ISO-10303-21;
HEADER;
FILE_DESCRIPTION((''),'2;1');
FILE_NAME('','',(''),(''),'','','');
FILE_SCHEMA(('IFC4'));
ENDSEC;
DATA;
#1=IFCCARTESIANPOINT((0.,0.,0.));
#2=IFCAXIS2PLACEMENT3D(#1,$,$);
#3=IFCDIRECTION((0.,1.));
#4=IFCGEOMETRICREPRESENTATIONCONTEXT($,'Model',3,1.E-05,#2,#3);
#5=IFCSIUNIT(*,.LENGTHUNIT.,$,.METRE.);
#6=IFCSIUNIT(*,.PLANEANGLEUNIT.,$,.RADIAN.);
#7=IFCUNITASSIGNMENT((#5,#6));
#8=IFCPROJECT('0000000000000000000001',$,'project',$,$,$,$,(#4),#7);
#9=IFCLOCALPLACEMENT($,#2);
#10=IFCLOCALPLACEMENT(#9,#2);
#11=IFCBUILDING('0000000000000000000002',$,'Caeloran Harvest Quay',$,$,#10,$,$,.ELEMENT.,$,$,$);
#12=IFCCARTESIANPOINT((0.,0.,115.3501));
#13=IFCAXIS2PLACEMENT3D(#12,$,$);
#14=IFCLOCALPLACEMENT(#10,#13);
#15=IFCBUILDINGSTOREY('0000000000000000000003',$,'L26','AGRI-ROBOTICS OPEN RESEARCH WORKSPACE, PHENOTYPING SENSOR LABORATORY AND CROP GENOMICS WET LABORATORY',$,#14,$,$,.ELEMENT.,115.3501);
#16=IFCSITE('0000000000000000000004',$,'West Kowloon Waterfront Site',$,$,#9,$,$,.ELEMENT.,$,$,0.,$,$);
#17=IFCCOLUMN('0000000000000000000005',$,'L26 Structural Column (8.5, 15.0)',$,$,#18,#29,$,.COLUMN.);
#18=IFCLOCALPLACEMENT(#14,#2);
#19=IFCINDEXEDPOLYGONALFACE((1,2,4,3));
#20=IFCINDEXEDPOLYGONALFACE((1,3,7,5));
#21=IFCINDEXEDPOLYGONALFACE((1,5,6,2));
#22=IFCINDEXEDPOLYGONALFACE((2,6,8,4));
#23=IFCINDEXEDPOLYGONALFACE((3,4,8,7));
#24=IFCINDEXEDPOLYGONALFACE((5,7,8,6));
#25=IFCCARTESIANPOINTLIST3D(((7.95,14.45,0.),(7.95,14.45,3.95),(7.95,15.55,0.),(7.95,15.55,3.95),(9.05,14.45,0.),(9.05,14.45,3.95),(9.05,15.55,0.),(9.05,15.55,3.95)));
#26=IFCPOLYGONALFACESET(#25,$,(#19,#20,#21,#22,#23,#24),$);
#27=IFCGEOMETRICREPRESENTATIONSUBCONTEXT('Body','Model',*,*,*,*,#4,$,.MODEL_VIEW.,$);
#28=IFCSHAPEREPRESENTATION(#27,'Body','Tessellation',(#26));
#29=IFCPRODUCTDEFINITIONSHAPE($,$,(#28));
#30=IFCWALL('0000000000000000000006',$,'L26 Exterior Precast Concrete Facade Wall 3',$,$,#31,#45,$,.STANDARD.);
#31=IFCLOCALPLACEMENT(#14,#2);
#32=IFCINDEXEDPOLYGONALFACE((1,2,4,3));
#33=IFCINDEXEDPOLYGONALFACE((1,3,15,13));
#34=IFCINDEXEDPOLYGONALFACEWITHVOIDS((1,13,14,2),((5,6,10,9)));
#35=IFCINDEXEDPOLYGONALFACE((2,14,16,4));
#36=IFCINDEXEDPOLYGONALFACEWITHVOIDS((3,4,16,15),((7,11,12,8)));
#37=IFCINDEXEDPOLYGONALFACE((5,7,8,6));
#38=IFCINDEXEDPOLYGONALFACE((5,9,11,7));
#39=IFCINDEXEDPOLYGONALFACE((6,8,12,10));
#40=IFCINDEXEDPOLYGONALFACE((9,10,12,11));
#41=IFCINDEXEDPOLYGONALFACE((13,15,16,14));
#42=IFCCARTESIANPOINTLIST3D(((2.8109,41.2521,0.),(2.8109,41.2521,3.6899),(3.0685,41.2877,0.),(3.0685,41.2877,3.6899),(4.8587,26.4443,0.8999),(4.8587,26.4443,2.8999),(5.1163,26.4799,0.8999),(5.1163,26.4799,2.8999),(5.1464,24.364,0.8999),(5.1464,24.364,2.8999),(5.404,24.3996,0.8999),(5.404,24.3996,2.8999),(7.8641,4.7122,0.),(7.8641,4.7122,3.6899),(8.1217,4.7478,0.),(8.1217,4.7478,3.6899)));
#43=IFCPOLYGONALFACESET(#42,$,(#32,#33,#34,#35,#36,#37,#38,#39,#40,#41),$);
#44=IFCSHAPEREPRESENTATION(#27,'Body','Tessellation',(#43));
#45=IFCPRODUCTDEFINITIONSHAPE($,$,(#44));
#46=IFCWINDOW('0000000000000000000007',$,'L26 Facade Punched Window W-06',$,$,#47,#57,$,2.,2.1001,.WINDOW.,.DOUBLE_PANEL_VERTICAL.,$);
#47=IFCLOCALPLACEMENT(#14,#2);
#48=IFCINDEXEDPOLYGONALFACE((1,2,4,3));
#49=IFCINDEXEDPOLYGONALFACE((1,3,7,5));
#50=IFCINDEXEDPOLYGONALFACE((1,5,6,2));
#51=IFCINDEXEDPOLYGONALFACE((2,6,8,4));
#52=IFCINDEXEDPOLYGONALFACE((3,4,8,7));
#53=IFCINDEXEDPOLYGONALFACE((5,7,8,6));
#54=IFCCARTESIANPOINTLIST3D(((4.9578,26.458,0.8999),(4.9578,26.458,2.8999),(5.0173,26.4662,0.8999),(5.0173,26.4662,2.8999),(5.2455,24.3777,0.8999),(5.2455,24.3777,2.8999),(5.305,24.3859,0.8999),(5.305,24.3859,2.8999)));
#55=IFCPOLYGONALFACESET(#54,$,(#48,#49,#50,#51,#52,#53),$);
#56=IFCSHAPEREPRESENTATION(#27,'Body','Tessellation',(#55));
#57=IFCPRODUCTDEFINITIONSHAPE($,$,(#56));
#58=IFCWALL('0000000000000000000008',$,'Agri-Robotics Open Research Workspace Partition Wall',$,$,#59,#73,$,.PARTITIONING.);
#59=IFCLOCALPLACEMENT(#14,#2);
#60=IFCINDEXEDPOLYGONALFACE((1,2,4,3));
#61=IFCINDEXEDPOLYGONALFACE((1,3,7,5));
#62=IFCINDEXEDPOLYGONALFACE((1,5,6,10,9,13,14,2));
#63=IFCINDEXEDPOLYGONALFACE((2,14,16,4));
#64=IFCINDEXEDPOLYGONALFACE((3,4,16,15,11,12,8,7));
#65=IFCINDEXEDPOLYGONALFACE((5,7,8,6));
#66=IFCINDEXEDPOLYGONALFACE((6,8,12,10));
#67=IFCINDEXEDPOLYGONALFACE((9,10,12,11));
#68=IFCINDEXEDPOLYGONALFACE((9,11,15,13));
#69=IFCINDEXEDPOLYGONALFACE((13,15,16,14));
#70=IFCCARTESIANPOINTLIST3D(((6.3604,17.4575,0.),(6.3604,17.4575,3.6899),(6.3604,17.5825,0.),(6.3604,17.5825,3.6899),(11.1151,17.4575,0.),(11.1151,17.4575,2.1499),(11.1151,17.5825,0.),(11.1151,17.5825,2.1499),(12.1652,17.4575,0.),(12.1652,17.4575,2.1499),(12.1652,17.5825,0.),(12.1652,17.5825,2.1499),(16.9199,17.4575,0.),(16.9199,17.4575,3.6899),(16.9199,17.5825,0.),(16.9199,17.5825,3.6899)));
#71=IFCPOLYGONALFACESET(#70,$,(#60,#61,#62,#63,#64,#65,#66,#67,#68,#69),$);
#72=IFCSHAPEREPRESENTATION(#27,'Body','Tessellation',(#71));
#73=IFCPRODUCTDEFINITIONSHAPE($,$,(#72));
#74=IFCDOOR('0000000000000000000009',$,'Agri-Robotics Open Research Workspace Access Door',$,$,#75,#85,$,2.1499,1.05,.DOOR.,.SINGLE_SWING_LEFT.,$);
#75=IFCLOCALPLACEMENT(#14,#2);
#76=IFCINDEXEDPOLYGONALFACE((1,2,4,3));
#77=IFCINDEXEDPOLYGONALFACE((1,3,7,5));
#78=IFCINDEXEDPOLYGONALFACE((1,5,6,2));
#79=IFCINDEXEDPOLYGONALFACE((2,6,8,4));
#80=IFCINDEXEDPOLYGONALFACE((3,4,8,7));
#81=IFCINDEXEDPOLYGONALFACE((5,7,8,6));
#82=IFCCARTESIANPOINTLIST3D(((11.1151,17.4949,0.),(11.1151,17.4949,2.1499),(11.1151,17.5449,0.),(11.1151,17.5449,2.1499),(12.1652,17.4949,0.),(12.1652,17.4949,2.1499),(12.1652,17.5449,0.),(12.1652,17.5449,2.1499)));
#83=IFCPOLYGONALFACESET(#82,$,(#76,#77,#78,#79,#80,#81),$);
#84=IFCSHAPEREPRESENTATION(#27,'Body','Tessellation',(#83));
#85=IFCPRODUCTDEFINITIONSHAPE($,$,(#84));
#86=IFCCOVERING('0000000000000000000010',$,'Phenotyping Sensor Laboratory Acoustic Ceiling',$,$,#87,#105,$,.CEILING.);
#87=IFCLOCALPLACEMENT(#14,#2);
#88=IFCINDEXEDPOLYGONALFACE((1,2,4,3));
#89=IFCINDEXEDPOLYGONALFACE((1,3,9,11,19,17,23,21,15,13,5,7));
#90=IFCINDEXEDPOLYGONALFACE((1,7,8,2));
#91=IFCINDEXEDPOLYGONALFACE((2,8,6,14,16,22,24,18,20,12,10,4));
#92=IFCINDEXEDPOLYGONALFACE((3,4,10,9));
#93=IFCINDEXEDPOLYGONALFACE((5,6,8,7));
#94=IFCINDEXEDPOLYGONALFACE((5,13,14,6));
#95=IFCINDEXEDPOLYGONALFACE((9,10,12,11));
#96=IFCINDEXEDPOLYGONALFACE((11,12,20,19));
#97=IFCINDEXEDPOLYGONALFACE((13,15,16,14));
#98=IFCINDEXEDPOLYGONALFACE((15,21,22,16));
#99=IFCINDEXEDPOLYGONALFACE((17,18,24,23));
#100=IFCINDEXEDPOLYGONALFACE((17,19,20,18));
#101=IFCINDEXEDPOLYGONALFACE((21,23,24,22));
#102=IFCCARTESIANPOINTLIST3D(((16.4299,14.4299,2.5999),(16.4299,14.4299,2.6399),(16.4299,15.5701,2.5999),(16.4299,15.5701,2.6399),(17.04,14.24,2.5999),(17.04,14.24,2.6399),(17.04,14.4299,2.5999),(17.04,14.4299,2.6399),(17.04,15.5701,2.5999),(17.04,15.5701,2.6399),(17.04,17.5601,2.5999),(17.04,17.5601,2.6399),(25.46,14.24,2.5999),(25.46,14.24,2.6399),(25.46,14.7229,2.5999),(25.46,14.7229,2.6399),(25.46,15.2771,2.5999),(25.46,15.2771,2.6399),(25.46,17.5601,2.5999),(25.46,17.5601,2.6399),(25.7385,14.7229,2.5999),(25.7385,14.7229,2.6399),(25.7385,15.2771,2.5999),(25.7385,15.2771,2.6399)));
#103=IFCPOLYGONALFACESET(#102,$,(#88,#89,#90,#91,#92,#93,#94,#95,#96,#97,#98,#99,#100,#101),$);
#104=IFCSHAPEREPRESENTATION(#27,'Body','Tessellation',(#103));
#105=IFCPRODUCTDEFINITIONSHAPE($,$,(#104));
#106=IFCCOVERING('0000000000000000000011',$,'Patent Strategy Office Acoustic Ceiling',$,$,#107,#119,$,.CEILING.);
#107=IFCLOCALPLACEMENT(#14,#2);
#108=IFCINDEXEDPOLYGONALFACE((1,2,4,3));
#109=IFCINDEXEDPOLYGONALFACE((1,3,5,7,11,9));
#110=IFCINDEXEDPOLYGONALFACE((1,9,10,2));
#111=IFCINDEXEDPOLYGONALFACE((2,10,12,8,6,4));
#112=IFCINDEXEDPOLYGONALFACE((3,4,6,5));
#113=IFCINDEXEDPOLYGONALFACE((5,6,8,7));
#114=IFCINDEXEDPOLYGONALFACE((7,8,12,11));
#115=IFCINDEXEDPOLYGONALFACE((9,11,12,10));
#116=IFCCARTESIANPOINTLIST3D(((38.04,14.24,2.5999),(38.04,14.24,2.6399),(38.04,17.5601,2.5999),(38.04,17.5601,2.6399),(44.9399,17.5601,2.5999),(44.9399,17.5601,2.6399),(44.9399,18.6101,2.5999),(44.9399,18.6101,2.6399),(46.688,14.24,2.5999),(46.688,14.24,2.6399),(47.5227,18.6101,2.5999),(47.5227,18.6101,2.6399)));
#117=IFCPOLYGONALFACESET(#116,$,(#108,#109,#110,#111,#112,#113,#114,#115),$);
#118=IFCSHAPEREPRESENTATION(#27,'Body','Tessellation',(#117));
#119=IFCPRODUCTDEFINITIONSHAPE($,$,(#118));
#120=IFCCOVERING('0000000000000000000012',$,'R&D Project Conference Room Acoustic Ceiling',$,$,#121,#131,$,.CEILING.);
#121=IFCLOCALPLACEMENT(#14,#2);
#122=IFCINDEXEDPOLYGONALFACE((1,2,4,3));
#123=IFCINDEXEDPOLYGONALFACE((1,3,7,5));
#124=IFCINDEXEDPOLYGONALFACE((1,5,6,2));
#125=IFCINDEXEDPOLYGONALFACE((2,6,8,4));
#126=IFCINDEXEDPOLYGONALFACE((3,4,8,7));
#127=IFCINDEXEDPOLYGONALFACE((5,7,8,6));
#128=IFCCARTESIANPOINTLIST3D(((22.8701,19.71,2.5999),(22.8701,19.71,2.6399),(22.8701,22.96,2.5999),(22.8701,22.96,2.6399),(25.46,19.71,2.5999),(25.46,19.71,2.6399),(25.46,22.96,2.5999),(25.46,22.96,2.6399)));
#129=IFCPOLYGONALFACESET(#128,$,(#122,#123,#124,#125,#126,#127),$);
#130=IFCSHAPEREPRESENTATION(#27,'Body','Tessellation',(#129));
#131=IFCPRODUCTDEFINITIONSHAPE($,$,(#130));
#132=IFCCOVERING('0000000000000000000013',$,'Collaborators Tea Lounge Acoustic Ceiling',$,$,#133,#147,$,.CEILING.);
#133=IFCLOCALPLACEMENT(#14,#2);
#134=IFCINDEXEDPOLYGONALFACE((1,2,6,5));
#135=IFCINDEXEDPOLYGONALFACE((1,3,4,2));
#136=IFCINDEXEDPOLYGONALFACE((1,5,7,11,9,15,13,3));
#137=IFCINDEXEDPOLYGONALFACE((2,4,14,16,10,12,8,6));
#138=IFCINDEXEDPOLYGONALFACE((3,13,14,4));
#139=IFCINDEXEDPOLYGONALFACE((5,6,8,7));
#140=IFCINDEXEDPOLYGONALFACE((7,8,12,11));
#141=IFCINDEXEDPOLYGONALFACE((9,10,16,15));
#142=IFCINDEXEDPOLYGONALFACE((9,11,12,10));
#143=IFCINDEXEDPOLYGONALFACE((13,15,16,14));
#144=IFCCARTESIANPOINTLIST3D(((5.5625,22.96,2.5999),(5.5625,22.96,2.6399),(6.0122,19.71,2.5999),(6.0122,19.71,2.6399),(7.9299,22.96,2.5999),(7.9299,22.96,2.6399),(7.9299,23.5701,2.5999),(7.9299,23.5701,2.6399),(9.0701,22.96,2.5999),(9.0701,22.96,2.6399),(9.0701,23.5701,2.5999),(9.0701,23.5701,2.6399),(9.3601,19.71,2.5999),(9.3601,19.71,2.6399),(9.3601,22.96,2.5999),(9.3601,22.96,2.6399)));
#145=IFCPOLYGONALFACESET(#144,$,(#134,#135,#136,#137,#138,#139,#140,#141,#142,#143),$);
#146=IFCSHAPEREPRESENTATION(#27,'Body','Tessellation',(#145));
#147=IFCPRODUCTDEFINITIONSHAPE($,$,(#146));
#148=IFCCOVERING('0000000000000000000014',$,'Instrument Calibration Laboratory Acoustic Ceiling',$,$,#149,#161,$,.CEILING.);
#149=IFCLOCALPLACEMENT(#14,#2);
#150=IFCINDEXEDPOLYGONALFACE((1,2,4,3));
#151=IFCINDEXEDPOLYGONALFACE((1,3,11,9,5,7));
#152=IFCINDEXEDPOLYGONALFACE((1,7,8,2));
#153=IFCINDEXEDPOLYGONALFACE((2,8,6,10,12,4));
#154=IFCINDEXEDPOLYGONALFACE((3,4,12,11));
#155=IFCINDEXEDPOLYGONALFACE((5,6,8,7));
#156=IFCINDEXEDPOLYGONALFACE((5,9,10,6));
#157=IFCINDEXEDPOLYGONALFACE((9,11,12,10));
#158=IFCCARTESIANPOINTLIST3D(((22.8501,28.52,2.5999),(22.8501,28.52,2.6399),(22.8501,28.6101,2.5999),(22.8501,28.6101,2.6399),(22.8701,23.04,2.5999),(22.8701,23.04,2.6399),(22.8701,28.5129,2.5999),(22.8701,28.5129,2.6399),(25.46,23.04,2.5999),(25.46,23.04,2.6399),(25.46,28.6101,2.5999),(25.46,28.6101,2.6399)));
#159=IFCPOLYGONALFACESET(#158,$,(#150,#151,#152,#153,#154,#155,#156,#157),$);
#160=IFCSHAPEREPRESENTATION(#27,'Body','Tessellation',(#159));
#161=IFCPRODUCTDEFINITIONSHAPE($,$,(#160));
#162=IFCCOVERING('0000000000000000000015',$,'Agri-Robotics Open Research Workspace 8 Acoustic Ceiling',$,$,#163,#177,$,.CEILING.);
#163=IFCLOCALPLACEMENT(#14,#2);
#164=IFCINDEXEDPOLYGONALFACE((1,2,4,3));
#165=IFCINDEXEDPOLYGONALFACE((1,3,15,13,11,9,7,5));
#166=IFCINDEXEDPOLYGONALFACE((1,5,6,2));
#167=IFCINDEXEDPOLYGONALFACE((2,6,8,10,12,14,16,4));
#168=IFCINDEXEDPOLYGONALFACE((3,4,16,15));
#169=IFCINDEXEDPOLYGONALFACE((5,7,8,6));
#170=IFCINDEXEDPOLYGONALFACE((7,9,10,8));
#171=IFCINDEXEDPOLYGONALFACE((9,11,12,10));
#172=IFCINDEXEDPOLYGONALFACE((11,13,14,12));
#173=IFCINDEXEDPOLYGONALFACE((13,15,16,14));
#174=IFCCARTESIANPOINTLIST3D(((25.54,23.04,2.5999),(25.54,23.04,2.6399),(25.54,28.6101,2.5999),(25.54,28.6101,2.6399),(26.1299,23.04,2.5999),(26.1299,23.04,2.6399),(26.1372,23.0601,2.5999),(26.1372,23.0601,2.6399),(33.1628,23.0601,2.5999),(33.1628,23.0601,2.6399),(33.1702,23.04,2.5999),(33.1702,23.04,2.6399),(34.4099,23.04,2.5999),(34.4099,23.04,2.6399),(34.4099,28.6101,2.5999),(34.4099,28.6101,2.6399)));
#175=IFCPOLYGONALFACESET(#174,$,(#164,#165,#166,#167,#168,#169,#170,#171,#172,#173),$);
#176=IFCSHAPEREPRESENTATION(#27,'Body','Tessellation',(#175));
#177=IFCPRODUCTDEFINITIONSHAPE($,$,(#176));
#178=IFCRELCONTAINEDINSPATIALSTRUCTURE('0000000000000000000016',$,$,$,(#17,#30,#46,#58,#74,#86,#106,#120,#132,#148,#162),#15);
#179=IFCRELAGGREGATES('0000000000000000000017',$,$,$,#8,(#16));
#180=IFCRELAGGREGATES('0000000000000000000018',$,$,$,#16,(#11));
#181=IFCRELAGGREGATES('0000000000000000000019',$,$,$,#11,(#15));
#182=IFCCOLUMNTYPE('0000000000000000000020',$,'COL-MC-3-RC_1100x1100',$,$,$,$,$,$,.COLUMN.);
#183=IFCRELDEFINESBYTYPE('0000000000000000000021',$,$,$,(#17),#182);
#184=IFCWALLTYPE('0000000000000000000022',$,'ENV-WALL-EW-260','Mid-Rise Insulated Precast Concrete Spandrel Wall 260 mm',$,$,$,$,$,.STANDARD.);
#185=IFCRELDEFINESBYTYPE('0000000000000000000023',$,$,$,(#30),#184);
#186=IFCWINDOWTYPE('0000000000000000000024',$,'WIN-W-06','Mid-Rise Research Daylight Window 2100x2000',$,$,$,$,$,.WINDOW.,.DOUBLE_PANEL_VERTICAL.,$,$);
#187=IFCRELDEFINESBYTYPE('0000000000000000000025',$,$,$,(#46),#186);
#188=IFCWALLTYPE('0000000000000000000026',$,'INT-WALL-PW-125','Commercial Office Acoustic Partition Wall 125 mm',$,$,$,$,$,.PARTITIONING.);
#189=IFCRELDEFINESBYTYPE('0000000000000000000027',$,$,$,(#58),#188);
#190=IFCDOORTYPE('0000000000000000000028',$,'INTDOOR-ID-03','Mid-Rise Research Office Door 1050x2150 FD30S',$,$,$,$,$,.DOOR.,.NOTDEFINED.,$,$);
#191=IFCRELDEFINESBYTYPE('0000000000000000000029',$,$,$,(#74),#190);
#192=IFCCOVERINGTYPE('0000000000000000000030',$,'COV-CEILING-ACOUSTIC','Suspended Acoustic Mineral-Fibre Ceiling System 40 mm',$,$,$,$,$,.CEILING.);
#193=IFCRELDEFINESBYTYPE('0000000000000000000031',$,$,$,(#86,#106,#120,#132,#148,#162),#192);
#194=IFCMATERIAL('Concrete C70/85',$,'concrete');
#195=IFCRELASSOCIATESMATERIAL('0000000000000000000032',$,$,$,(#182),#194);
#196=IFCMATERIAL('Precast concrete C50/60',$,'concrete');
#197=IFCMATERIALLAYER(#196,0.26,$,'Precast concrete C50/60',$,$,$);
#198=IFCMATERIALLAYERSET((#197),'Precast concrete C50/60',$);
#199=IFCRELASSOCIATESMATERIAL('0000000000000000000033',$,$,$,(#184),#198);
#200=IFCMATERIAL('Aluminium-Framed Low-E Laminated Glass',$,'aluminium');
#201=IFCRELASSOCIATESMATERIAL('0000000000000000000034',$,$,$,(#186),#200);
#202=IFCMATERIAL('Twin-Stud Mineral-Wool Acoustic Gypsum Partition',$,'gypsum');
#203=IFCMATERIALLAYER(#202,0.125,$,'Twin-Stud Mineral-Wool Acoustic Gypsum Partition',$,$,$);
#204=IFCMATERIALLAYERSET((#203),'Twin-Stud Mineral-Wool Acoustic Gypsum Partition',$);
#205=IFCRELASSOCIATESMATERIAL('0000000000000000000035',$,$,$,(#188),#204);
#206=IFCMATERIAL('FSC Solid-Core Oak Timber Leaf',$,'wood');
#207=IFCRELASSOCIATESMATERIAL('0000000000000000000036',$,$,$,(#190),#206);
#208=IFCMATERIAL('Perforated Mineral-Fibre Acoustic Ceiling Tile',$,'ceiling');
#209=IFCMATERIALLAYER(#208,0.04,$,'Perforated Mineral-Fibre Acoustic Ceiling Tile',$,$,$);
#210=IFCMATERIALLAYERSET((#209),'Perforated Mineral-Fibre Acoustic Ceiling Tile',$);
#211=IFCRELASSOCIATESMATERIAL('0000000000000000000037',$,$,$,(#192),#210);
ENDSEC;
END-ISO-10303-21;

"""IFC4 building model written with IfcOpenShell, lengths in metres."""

from ifc_helpers import new_model, si_unit, direction, frame, frame_2d, origin, origin_2d, place, context, subcontext, project, spatial, polyline, rectangle, outline, extrude, material, layer, layer_set, material_profile, profile_set, type_object, element, fill, save


model = new_model("IFC4")

# Units and contexts
model_context = context("Model", 3, precision=1e-05, world=origin(), true_north=direction((0.0, 1.0)))
body_context = subcontext(model_context, "Body", "Model", "MODEL_VIEW")
ifc_project = project(units=[si_unit("LENGTHUNIT", "METRE"), si_unit("PLANEANGLEUNIT", "RADIAN")], contexts=[model_context])

# Site, building, storey
site_placement = place(None, origin())
site = spatial("IfcSite", under=ifc_project, at=site_placement, Name="West Kowloon Waterfront Site", CompositionType="ELEMENT", RefElevation=0.0)
building_placement = place(site_placement, origin())
building = spatial("IfcBuilding", under=site, at=building_placement, Name="Caeloran Harvest Quay", CompositionType="ELEMENT")
storey_placement = place(building_placement, frame((0.0, 0.0, 115.3501)))
storey = spatial("IfcBuildingStorey", under=building, at=storey_placement, Name="L26", Description="AGRI-ROBOTICS OPEN RESEARCH WORKSPACE, PHENOTYPING SENSOR LABORATORY AND CROP GENOMICS WET LABORATORY", CompositionType="ELEMENT", Elevation=115.3501)

# Column
ifc_material_1 = material(Name="Concrete C70/85", Category="concrete")
ifc_material_profile = material_profile(ifc_material_1, rectangle(XDim=1.1001, YDim=1.1001, at=origin_2d()), Name="RC 1100x1100")
ifc_profile_set = profile_set([ifc_material_profile], Name="Concrete C70/85")
column_type = type_object("IfcColumnType", Name="COL-MC-3-RC_1100x1100", PredefinedType="COLUMN", material=ifc_profile_set)
column_placement = place(storey_placement, frame((8.5, 15.0, 0.0), z_axis=(0.0, 0.0, 1.0), x_axis=(1.0, 0.0, 0.0)))
element("IfcColumn", 1, at=column_placement, inside=storey, type_object=column_type, Name="L26 Structural Column (8.5, 15.0)", PredefinedType="COLUMN", context=body_context, shape_type="SweptSolid", body=[
    extrude(rectangle(XDim=1.1001, YDim=1.1001, at=origin_2d()), origin(), (0.0, 0.0, 1.0), 3.95),
])

# Wall, opening, window
ifc_material_2 = material(Name="Precast concrete C50/60", Category="concrete")
ifc_layer_1 = layer(ifc_material_2, 0.26, Name="Precast concrete C50/60")
ifc_layer_set_1 = layer_set([ifc_layer_1], Name="Precast concrete C50/60")
wall_type_1 = type_object("IfcWallType", Name="ENV-WALL-EW-260", Description="Mid-Rise Insulated Precast Concrete Spandrel Wall 260 mm", PredefinedType="STANDARD", material=ifc_layer_set_1)
wall_1_placement = place(storey_placement, frame((7.9929, 4.73, 0.0), z_axis=(0.0, 0.0, 1.0), x_axis=(-0.136989, 0.990573, 0.0)))
wall_1 = element("IfcWall", 2, at=wall_1_placement, inside=storey, type_object=wall_type_1, Name="L26 Exterior Precast Concrete Facade Wall 3", PredefinedType="STANDARD", context=body_context, shape_type="SweptSolid", body=[
    extrude(rectangle(XDim=36.8877, YDim=0.26, at=frame_2d((18.4438, 0.0))), origin(), (0.0, 0.0, 1.0), 3.6899),
])
opening_1_placement = place(wall_1_placement, frame((19.8389, 0.0, 0.8999)))
opening_1 = element("IfcOpeningElement", 3, at=opening_1_placement, cuts=wall_1, PredefinedType="OPENING", context=body_context, shape_type="SweptSolid", body=[
    extrude(rectangle(XDim=2.1001, YDim=2.0, at=frame_2d((1.05, 1.0))), frame((0.0, 0.1401, 0.0), z_axis=(0.0, -1.0, 0.0), x_axis=(1.0, 0.0, 0.0)), (0.0, 0.0, 1.0), 0.28),
])
ifc_material_3 = material(Name="Aluminium-Framed Low-E Laminated Glass", Category="aluminium")
window_type = type_object("IfcWindowType", Name="WIN-W-06", Description="Mid-Rise Research Daylight Window 2100x2000", PartitioningType="DOUBLE_PANEL_VERTICAL", PredefinedType="WINDOW", material=ifc_material_3)
window_placement = place(opening_1_placement, origin())
window = element("IfcWindow", 4, at=window_placement, inside=storey, type_object=window_type, Name="L26 Facade Punched Window W-06", OverallHeight=2.0, OverallWidth=2.1001, PartitioningType="DOUBLE_PANEL_VERTICAL", PredefinedType="WINDOW", context=body_context, shape_type="SweptSolid", body=[
    extrude(rectangle(XDim=2.1001, YDim=2.0, at=frame_2d((1.05, 1.0))), frame((0.0, 0.03, 0.0), z_axis=(0.0, -1.0, 0.0), x_axis=(1.0, 0.0, 0.0)), (0.0, 0.0, 1.0), 0.0601),
])
fill(opening_1, window)

# Wall, opening, door
ifc_material_4 = material(Name="Twin-Stud Mineral-Wool Acoustic Gypsum Partition", Category="gypsum")
ifc_layer_2 = layer(ifc_material_4, 0.125, Name="Twin-Stud Mineral-Wool Acoustic Gypsum Partition")
ifc_layer_set_2 = layer_set([ifc_layer_2], Name="Twin-Stud Mineral-Wool Acoustic Gypsum Partition")
wall_type_2 = type_object("IfcWallType", Name="INT-WALL-PW-125", Description="Commercial Office Acoustic Partition Wall 125 mm", PredefinedType="PARTITIONING", material=ifc_layer_set_2)
wall_2_placement = place(storey_placement, frame((6.3604, 17.52, 0.0), z_axis=(0.0, 0.0, 1.0), x_axis=(1.0, 0.0, 0.0)))
wall_2 = element("IfcWall", 5, at=wall_2_placement, inside=storey, type_object=wall_type_2, Name="Agri-Robotics Open Research Workspace Partition Wall", PredefinedType="PARTITIONING", context=body_context, shape_type="SweptSolid", body=[
    extrude(rectangle(XDim=10.5596, YDim=0.125, at=frame_2d((5.2798, 0.0))), origin(), (0.0, 0.0, 1.0), 3.6899),
])
opening_2_placement = place(wall_2_placement, frame((4.7549, 0.0, 0.0)))
opening_2 = element("IfcOpeningElement", 6, at=opening_2_placement, cuts=wall_2, PredefinedType="OPENING", context=body_context, shape_type="SweptSolid", body=[
    extrude(rectangle(XDim=1.05, YDim=2.1499, at=frame_2d((0.5249, 1.075))), frame((0.0, 0.0725, 0.0), z_axis=(0.0, -1.0, 0.0), x_axis=(1.0, 0.0, 0.0)), (0.0, 0.0, 1.0), 0.145),
])
ifc_material_5 = material(Name="FSC Solid-Core Oak Timber Leaf", Category="wood")
door_type = type_object("IfcDoorType", Name="INTDOOR-ID-03", Description="Mid-Rise Research Office Door 1050x2150 FD30S", OperationType="NOTDEFINED", PredefinedType="DOOR", material=ifc_material_5)
door_placement = place(opening_2_placement, origin())
door = element("IfcDoor", 7, at=door_placement, inside=storey, type_object=door_type, Name="Agri-Robotics Open Research Workspace Access Door", OperationType="SINGLE_SWING_LEFT", OverallHeight=2.1499, OverallWidth=1.05, PredefinedType="DOOR", context=body_context, shape_type="SweptSolid", body=[
    extrude(rectangle(XDim=1.05, YDim=2.1499, at=frame_2d((0.5249, 1.075))), frame((0.0, 0.0249, 0.0), z_axis=(0.0, -1.0, 0.0), x_axis=(1.0, 0.0, 0.0)), (0.0, 0.0, 1.0), 0.05),
])
fill(opening_2, door)

# Coverings
ifc_material_6 = material(Name="Perforated Mineral-Fibre Acoustic Ceiling Tile", Category="ceiling")
ifc_layer_3 = layer(ifc_material_6, 0.04, Name="Perforated Mineral-Fibre Acoustic Ceiling Tile")
ifc_layer_set_3 = layer_set([ifc_layer_3], Name="Perforated Mineral-Fibre Acoustic Ceiling Tile")
covering_type_1 = type_object("IfcCoveringType", Name="COV-CEILING-ACOUSTIC", Description="Suspended Acoustic Mineral-Fibre Ceiling System 40 mm", PredefinedType="CEILING", material=ifc_layer_set_3)
covering_1_placement = place(storey_placement, frame((0.0, 0.0, 2.5999)))
element("IfcCovering", 8, at=covering_1_placement, inside=storey, type_object=covering_type_1, Name="Phenotyping Sensor Laboratory Acoustic Ceiling", PredefinedType="CEILING", context=body_context, shape_type="SweptSolid", body=[
    extrude(outline(polyline([(16.4299, 14.4299), (16.4299, 15.5701), (17.04, 15.5701), (17.04, 17.5601), (25.46, 17.5601), (25.46, 15.2771), (25.7385, 15.2771), (25.7385, 14.7229), (25.46, 14.7229), (25.46, 14.24), (17.04, 14.24), (17.04, 14.4299), (16.4299, 14.4299)])), origin(), (0.0, 0.0, 1.0), 0.04),
])
covering_2_placement = place(storey_placement, frame((0.0, 0.0, 2.5999)))
element("IfcCovering", 9, at=covering_2_placement, inside=storey, type_object=covering_type_1, Name="Patent Strategy Office Acoustic Ceiling", PredefinedType="CEILING", context=body_context, shape_type="SweptSolid", body=[
    extrude(outline(polyline([(44.9399, 17.5601), (44.9399, 18.6101), (47.5227, 18.6101), (46.688, 14.24), (38.04, 14.24), (38.04, 17.5601), (44.9399, 17.5601)])), origin(), (0.0, 0.0, 1.0), 0.04),
])
covering_3_placement = place(storey_placement, frame((0.0, 0.0, 2.5999)))
element("IfcCovering", 10, at=covering_3_placement, inside=storey, type_object=covering_type_1, Name="R&D Project Conference Room Acoustic Ceiling", PredefinedType="CEILING", context=body_context, shape_type="SweptSolid", body=[
    extrude(outline(polyline([(25.46, 19.71), (22.8701, 19.71), (22.8701, 22.96), (25.46, 22.96), (25.46, 19.71)])), origin(), (0.0, 0.0, 1.0), 0.04),
])
covering_4_placement = place(storey_placement, frame((0.0, 0.0, 2.5999)))
element("IfcCovering", 11, at=covering_4_placement, inside=storey, type_object=covering_type_1, Name="Collaborators Tea Lounge Acoustic Ceiling", PredefinedType="CEILING", context=body_context, shape_type="SweptSolid", body=[
    extrude(outline(polyline([(9.3601, 22.96), (9.3601, 19.71), (6.0122, 19.71), (5.5625, 22.96), (7.9299, 22.96), (7.9299, 23.5701), (9.0701, 23.5701), (9.0701, 22.96), (9.3601, 22.96)])), origin(), (0.0, 0.0, 1.0), 0.04),
])
covering_5_placement = place(storey_placement, frame((0.0, 0.0, 2.5999)))
element("IfcCovering", 12, at=covering_5_placement, inside=storey, type_object=covering_type_1, Name="Instrument Calibration Laboratory Acoustic Ceiling", PredefinedType="CEILING", context=body_context, shape_type="SweptSolid", body=[
    extrude(outline(polyline([(22.8701, 28.5129), (22.8501, 28.52), (22.8501, 28.6101), (25.46, 28.6101), (25.46, 23.04), (22.8701, 23.04), (22.8701, 28.5129)])), origin(), (0.0, 0.0, 1.0), 0.04),
])
covering_6_placement = place(storey_placement, frame((0.0, 0.0, 2.5999)))
element("IfcCovering", 13, at=covering_6_placement, inside=storey, type_object=covering_type_1, Name="Agri-Robotics Open Research Workspace 8 Acoustic Ceiling", PredefinedType="CEILING", context=body_context, shape_type="SweptSolid", body=[
    extrude(outline(polyline([(26.1372, 23.0601), (26.1299, 23.04), (25.54, 23.04), (25.54, 28.6101), (34.4099, 28.6101), (34.4099, 23.04), (33.1702, 23.04), (33.1628, 23.0601), (26.1372, 23.0601)])), origin(), (0.0, 0.0, 1.0), 0.04),
])

save(model, "model.ifc")
